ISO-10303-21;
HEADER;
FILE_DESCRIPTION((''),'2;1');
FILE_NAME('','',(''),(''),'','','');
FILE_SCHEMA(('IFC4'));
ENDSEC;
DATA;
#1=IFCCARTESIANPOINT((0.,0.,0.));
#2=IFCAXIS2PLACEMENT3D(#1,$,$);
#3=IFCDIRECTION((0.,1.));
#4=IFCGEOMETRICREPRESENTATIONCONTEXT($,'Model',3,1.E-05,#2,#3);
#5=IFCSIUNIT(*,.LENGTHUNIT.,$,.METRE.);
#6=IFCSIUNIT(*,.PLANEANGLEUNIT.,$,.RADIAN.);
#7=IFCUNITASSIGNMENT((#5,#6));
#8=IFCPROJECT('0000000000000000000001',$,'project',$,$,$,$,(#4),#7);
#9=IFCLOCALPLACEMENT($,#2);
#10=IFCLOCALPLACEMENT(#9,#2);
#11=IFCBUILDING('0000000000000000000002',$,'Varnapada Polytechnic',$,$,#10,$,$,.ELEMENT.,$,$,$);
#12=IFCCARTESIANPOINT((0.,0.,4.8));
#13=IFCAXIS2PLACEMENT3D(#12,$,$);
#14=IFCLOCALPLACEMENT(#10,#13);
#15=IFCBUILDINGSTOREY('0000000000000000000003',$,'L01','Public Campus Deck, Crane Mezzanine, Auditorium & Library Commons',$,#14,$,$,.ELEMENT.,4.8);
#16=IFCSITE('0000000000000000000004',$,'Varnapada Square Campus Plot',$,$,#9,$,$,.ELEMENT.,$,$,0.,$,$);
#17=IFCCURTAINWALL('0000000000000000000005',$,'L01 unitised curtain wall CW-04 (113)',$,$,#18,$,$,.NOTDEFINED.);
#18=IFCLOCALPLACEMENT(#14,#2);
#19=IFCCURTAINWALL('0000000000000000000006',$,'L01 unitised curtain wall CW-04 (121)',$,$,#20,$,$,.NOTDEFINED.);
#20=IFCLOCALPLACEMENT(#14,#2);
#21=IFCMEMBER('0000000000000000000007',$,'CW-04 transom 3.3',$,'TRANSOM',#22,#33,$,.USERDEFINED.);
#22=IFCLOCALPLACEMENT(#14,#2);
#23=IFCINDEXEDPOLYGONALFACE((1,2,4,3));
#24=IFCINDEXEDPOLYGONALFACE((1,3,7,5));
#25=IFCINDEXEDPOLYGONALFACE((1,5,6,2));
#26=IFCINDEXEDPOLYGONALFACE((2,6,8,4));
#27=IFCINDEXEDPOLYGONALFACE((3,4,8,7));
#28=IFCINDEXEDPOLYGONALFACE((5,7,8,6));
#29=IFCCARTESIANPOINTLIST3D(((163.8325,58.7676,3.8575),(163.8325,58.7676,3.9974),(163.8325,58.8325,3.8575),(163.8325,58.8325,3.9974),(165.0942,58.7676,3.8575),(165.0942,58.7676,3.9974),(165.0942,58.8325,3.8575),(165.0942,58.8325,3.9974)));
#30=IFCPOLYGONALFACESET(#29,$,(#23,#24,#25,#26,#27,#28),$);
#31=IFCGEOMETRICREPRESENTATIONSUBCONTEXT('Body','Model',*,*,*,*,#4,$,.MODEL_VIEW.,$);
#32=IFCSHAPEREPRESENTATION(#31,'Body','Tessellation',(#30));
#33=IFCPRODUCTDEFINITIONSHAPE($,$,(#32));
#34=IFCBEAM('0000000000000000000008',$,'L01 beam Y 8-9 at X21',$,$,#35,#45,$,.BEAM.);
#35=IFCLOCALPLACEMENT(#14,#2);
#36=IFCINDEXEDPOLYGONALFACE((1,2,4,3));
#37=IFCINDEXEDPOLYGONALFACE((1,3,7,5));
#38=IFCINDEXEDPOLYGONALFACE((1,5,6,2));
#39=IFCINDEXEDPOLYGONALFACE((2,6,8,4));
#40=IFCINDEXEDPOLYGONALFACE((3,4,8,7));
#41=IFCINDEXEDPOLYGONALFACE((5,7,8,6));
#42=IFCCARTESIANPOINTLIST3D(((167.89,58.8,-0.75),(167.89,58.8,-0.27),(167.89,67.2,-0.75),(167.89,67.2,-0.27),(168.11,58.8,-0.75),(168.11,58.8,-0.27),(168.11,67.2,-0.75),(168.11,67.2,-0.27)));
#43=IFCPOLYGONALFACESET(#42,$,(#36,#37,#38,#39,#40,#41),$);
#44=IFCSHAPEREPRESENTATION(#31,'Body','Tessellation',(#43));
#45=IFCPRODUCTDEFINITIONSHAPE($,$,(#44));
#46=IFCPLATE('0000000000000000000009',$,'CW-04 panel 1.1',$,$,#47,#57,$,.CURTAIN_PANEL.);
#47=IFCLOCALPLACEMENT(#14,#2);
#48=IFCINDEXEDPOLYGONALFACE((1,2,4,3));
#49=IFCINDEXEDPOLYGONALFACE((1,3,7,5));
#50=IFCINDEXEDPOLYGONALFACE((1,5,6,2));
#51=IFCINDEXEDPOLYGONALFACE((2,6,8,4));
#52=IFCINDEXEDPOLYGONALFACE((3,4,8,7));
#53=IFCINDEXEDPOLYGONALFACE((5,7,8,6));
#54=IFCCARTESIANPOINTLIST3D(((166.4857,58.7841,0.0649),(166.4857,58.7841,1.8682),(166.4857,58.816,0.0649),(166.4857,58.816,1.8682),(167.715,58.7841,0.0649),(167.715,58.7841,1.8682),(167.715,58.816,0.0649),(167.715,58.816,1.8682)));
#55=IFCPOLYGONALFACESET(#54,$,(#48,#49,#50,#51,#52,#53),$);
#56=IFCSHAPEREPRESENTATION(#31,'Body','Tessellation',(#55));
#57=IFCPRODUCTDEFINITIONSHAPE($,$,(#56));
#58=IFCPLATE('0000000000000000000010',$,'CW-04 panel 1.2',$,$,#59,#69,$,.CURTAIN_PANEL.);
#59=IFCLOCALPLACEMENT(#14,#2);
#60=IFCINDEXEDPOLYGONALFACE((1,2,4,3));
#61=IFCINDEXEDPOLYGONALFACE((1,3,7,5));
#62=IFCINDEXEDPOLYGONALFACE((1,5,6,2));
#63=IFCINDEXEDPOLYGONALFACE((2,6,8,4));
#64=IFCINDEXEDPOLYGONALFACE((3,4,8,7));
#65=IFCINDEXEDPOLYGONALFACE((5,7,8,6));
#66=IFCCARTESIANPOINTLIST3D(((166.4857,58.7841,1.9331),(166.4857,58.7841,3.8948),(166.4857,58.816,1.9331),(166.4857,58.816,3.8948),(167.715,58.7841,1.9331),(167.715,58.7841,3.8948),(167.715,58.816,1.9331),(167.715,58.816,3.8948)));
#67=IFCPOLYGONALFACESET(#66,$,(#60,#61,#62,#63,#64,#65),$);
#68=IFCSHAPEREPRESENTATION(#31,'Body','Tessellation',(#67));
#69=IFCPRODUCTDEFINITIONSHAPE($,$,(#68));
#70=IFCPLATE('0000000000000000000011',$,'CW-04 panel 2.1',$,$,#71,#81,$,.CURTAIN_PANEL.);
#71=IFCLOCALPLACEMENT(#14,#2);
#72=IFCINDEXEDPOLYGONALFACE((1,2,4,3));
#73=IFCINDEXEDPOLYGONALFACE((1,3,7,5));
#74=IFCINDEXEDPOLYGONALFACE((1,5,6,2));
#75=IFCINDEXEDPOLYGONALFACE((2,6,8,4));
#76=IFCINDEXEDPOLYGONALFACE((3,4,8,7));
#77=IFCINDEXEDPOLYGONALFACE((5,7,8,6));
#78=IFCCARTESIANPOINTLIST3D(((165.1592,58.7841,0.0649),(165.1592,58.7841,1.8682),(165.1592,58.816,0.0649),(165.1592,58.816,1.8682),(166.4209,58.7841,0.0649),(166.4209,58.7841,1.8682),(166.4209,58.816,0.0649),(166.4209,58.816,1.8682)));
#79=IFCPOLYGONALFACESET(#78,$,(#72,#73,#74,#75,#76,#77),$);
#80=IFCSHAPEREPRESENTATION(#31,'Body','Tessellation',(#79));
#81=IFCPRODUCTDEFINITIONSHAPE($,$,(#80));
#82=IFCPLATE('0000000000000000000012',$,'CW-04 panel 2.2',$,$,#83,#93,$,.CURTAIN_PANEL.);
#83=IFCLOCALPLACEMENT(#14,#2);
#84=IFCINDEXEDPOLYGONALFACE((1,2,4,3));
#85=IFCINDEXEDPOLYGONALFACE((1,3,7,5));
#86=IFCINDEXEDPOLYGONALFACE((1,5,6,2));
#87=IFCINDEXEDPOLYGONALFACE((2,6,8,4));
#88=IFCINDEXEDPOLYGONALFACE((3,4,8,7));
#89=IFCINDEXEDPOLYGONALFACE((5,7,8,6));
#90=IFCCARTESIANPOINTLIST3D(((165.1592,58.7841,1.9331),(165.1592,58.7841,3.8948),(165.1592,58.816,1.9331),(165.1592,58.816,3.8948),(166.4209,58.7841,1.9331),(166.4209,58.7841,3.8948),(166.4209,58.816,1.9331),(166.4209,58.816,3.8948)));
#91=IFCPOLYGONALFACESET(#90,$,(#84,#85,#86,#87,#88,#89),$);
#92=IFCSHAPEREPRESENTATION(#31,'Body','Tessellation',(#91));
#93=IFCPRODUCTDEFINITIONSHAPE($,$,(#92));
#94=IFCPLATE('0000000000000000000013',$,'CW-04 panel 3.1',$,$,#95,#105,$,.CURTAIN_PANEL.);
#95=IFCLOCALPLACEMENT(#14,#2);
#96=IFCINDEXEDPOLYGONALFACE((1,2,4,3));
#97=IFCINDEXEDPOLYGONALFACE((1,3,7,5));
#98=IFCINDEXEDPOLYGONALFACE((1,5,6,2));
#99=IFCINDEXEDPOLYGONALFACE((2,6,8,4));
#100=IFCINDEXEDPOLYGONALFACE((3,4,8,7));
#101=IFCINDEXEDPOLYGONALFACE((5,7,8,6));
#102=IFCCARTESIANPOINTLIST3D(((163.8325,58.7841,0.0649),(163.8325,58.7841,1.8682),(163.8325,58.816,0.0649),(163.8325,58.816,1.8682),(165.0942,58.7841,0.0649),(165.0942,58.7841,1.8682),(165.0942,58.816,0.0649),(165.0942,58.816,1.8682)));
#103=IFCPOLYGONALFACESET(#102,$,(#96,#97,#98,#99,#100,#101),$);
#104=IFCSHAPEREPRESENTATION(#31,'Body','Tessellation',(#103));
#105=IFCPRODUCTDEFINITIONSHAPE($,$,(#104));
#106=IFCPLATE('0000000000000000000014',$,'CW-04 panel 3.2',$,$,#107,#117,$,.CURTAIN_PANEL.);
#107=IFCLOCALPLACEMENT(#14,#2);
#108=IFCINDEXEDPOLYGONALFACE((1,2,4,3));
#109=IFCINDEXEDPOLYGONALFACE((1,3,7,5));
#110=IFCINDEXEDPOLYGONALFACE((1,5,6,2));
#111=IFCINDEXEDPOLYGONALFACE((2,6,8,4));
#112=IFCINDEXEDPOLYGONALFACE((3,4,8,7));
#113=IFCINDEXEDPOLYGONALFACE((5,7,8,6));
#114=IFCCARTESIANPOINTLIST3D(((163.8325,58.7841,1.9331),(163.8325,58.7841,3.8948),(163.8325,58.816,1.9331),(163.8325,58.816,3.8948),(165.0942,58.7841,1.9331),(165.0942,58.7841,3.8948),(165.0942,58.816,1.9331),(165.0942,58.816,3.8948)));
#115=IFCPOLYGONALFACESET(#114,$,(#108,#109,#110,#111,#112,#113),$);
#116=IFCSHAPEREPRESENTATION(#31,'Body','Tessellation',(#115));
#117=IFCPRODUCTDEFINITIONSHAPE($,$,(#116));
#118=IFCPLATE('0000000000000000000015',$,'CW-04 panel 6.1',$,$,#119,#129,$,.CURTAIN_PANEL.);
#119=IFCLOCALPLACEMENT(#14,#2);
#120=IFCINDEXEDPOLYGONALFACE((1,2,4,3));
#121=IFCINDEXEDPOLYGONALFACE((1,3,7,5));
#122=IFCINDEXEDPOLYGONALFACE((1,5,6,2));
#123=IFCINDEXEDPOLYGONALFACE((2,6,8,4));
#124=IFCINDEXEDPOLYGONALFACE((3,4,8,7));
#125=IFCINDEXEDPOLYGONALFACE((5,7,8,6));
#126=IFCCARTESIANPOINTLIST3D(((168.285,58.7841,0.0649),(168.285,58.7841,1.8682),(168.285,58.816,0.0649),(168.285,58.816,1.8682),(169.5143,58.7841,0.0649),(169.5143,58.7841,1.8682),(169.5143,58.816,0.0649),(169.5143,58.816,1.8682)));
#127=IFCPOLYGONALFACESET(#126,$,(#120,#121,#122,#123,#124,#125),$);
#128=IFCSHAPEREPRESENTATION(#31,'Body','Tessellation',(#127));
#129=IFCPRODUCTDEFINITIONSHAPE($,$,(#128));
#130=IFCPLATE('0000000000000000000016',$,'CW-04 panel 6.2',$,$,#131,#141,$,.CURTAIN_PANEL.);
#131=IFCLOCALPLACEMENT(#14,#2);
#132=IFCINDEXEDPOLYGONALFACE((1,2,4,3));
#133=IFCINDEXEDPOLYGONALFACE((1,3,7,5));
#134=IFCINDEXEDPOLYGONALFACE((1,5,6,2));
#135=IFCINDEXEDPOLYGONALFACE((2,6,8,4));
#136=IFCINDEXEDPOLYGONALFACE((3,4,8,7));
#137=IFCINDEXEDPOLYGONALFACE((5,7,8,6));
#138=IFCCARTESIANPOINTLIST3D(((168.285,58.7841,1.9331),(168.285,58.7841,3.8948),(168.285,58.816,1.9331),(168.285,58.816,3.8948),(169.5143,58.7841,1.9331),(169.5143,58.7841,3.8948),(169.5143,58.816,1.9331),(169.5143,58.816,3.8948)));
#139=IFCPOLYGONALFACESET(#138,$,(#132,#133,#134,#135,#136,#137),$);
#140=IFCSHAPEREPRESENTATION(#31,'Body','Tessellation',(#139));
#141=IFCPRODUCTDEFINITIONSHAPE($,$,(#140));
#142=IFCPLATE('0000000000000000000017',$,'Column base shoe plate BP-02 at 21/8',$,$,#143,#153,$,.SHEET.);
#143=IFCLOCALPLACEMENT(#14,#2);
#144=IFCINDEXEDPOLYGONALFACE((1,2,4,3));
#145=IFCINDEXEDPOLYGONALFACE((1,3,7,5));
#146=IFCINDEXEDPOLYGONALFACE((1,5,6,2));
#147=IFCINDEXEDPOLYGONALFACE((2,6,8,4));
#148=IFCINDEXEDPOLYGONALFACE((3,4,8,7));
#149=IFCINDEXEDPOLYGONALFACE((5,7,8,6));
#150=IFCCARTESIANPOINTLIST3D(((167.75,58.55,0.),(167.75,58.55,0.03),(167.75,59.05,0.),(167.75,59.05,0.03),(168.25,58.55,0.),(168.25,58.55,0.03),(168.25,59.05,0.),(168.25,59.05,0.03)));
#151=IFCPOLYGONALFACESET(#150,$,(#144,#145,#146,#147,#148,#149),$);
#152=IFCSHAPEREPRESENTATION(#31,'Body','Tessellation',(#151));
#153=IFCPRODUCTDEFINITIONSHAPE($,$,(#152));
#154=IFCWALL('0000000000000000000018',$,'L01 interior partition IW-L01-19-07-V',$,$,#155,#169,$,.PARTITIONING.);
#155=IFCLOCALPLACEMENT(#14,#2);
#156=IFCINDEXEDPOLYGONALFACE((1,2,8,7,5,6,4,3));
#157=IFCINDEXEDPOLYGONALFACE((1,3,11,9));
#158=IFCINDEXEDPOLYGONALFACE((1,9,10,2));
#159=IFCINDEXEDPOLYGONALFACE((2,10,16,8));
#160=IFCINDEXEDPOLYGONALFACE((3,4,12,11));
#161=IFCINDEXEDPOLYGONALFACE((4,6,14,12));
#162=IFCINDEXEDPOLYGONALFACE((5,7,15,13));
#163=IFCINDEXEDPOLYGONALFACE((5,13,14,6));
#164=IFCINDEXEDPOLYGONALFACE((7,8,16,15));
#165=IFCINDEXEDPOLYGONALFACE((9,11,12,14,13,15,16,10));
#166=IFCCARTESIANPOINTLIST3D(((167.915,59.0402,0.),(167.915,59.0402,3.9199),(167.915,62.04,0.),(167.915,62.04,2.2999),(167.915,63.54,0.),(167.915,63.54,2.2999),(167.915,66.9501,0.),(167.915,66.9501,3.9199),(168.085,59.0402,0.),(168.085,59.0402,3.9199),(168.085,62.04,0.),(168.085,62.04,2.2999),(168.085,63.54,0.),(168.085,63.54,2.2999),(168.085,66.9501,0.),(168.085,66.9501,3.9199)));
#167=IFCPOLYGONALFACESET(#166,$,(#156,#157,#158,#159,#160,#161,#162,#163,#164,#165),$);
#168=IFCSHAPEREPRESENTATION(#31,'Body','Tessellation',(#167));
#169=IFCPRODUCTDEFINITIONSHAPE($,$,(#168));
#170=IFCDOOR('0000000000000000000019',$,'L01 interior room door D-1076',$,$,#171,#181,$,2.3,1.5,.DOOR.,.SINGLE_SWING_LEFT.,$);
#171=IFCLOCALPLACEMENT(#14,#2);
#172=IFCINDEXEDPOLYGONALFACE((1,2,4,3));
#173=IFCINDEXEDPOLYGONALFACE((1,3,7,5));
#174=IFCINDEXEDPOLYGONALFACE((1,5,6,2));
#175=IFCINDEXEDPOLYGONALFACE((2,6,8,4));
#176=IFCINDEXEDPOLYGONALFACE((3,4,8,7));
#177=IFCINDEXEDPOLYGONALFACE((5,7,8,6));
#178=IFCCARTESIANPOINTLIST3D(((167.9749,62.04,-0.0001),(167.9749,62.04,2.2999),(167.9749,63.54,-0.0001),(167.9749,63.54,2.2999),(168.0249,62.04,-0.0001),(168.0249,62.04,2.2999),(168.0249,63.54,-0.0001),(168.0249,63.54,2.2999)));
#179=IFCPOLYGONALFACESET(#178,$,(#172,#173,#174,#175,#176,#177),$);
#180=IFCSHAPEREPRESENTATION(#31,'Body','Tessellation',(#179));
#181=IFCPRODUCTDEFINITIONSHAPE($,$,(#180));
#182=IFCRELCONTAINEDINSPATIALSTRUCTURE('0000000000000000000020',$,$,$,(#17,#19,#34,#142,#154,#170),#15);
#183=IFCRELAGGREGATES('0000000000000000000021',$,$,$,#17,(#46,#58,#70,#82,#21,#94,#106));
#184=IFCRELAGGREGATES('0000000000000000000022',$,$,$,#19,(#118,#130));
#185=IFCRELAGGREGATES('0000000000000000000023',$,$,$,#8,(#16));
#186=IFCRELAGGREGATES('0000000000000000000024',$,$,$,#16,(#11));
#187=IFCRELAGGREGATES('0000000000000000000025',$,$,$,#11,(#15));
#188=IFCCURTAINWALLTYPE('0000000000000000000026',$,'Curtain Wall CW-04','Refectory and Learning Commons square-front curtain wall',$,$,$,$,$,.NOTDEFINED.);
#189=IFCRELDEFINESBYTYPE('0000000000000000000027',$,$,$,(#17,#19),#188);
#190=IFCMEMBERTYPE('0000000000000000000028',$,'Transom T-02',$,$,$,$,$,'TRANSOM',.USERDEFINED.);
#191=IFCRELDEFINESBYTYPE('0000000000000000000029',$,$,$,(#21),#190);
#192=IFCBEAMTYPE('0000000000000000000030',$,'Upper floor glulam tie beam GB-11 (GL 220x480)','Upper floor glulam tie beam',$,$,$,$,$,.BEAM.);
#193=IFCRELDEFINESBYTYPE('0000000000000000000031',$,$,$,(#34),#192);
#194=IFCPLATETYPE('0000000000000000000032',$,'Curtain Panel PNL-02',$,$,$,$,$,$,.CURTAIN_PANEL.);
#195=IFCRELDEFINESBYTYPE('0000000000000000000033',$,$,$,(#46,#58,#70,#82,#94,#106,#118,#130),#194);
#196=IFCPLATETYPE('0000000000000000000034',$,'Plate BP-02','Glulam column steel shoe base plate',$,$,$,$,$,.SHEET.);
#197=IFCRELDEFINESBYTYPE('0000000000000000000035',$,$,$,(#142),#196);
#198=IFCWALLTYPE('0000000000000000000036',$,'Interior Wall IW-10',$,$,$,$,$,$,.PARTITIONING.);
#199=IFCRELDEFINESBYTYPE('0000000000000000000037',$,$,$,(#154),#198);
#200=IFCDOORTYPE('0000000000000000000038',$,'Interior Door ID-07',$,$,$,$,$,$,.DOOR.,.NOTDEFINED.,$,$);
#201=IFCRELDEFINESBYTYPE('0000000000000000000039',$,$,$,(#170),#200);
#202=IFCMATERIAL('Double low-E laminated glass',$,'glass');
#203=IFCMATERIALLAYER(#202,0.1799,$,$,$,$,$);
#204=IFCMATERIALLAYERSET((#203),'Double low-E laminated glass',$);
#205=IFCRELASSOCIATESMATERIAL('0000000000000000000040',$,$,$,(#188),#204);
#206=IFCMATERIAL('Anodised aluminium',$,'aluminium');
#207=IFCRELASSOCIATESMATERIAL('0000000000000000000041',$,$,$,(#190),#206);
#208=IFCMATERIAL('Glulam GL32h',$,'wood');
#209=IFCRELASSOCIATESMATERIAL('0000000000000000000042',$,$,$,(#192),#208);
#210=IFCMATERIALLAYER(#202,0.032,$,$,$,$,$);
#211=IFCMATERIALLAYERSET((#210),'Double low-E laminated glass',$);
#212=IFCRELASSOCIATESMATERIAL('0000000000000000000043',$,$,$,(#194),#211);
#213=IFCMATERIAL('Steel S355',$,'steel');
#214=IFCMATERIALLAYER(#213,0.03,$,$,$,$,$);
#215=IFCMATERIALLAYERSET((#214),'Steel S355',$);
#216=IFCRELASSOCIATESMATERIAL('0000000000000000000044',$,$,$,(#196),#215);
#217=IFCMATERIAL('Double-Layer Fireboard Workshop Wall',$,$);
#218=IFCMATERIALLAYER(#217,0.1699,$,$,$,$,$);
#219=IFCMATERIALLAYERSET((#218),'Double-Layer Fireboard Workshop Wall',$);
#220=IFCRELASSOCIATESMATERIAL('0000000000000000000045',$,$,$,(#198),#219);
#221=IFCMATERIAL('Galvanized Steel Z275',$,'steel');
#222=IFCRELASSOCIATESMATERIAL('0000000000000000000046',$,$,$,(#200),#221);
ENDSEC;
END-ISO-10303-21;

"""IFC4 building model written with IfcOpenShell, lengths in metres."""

from ifc_helpers import new_model, si_unit, direction, frame, frame_2d, origin, origin_2d, place, context, subcontext, project, spatial, rectangle, extrude, material, layer, layer_set, material_profile, profile_set, type_object, element, fill, aggregate, save


model = new_model("IFC4")

# Units and contexts
model_context = context("Model", 3, precision=1e-05, world=origin(), true_north=direction((0.0, 1.0)))
body_context = subcontext(model_context, "Body", "Model", "MODEL_VIEW")
ifc_project = project(units=[si_unit("LENGTHUNIT", "METRE"), si_unit("PLANEANGLEUNIT", "RADIAN")], contexts=[model_context])

# Site, building, storey
site_placement = place(None, origin())
site = spatial("IfcSite", under=ifc_project, at=site_placement, Name="Varnapada Square Campus Plot", CompositionType="ELEMENT", RefElevation=0.0)
building_placement = place(site_placement, origin())
building = spatial("IfcBuilding", under=site, at=building_placement, Name="Varnapada Polytechnic", CompositionType="ELEMENT")
storey_placement = place(building_placement, frame((0.0, 0.0, 4.8)))
storey = spatial("IfcBuildingStorey", under=building, at=storey_placement, Name="L01", Description="Public Campus Deck, Crane Mezzanine, Auditorium & Library Commons", CompositionType="ELEMENT", Elevation=4.8)

# Shared definitions
ifc_material_1 = material(Name="Glulam GL32h", Category="wood")

# Curtain wall
ifc_material_2 = material(Name="Double low-E laminated glass", Category="glass")
ifc_layer_1 = layer(ifc_material_2, 0.1799)
ifc_layer_set_1 = layer_set([ifc_layer_1], Name="Double low-E laminated glass")
curtain_wall_type = type_object("IfcCurtainWallType", Name="Curtain Wall CW-04", Description="Refectory and Learning Commons square-front curtain wall", PredefinedType="NOTDEFINED", material=ifc_layer_set_1)
curtain_wall_1_placement = place(storey_placement, origin())
curtain_wall_1 = element("IfcCurtainWall", 1, at=curtain_wall_1_placement, inside=storey, type_object=curtain_wall_type, Name="L01 unitised curtain wall CW-04 (113)", PredefinedType="NOTDEFINED")
ifc_material_3 = material(Name="Anodised aluminium", Category="aluminium")

# Curtain wall
curtain_wall_2_placement = place(storey_placement, origin())
curtain_wall_2 = element("IfcCurtainWall", 2, at=curtain_wall_2_placement, inside=storey, type_object=curtain_wall_type, Name="L01 unitised curtain wall CW-04 (121)", PredefinedType="NOTDEFINED")

# Member
ifc_material_profile_1 = material_profile(ifc_material_3, rectangle(XDim=0.0649, YDim=0.1399, at=origin_2d()), Name="ALU T65x140")
ifc_profile_set_1 = profile_set([ifc_material_profile_1], Name="Anodised aluminium")
member_type_1 = type_object("IfcMemberType", Name="Transom T-02", ElementType="TRANSOM", PredefinedType="USERDEFINED", material=ifc_profile_set_1)
member_1_placement = place(storey_placement, frame((165.0942, 58.8, 3.9275), z_axis=(-1.0, 0.0, 0.0), x_axis=(0.0, -1.0, 0.0)))
member_1 = element("IfcMember", 3, at=member_1_placement, type_object=member_type_1, Name="CW-04 transom 3.3", ObjectType="TRANSOM", PredefinedType="USERDEFINED", context=body_context, shape_type="SweptSolid", body=[
    extrude(rectangle(XDim=0.0649, YDim=0.1399, at=origin_2d()), origin(), (0.0, 0.0, 1.0), 1.2617),
])

# Beam
ifc_material_profile_2 = material_profile(ifc_material_1, rectangle(XDim=0.22, YDim=0.48, at=origin_2d()), Name="GL 220x480")
ifc_profile_set_2 = profile_set([ifc_material_profile_2], Name="Glulam GL32h")
beam_type_1 = type_object("IfcBeamType", Name="Upper floor glulam tie beam GB-11 (GL 220x480)", Description="Upper floor glulam tie beam", PredefinedType="BEAM", material=ifc_profile_set_2)
beam_1_placement = place(storey_placement, frame((168.0, 58.8, -0.51), z_axis=(0.0, 1.0, 0.0), x_axis=(-1.0, 0.0, 0.0)))
element("IfcBeam", 4, at=beam_1_placement, inside=storey, type_object=beam_type_1, Name="L01 beam Y 8-9 at X21", PredefinedType="BEAM", context=body_context, shape_type="SweptSolid", body=[
    extrude(rectangle(XDim=0.22, YDim=0.48, at=origin_2d()), origin(), (0.0, 0.0, 1.0), 8.3999),
])

# Plates
ifc_layer_2 = layer(ifc_material_2, 0.032)
ifc_layer_set_2 = layer_set([ifc_layer_2], Name="Double low-E laminated glass")
plate_type_1 = type_object("IfcPlateType", Name="Curtain Panel PNL-02", PredefinedType="CURTAIN_PANEL", material=ifc_layer_set_2)
plate_1_placement = place(storey_placement, frame((167.1003, 58.8, 0.0649), z_axis=(0.0, 0.0, 1.0), x_axis=(-1.0, 0.0, 0.0)))
plate_1 = element("IfcPlate", 5, at=plate_1_placement, type_object=plate_type_1, Name="CW-04 panel 1.1", PredefinedType="CURTAIN_PANEL", context=body_context, shape_type="SweptSolid", body=[
    extrude(rectangle(XDim=1.2292, YDim=0.032, at=origin_2d()), origin(), (0.0, 0.0, 1.0), 1.8032),
])
plate_2_placement = place(storey_placement, frame((167.1003, 58.8, 1.9331), z_axis=(0.0, 0.0, 1.0), x_axis=(-1.0, 0.0, 0.0)))
plate_2 = element("IfcPlate", 6, at=plate_2_placement, type_object=plate_type_1, Name="CW-04 panel 1.2", PredefinedType="CURTAIN_PANEL", context=body_context, shape_type="SweptSolid", body=[
    extrude(rectangle(XDim=1.2292, YDim=0.032, at=origin_2d()), origin(), (0.0, 0.0, 1.0), 1.9617),
])
plate_3_placement = place(storey_placement, frame((165.79, 58.8, 0.0649), z_axis=(0.0, 0.0, 1.0), x_axis=(-1.0, 0.0, 0.0)))
plate_3 = element("IfcPlate", 7, at=plate_3_placement, type_object=plate_type_1, Name="CW-04 panel 2.1", PredefinedType="CURTAIN_PANEL", context=body_context, shape_type="SweptSolid", body=[
    extrude(rectangle(XDim=1.2617, YDim=0.032, at=origin_2d()), origin(), (0.0, 0.0, 1.0), 1.8032),
])
plate_4_placement = place(storey_placement, frame((165.79, 58.8, 1.9331), z_axis=(0.0, 0.0, 1.0), x_axis=(-1.0, 0.0, 0.0)))
plate_4 = element("IfcPlate", 8, at=plate_4_placement, type_object=plate_type_1, Name="CW-04 panel 2.2", PredefinedType="CURTAIN_PANEL", context=body_context, shape_type="SweptSolid", body=[
    extrude(rectangle(XDim=1.2617, YDim=0.032, at=origin_2d()), origin(), (0.0, 0.0, 1.0), 1.9617),
])
plate_5_placement = place(storey_placement, frame((164.4634, 58.8, 0.0649), z_axis=(0.0, 0.0, 1.0), x_axis=(-1.0, 0.0, 0.0)))
plate_5 = element("IfcPlate", 9, at=plate_5_placement, type_object=plate_type_1, Name="CW-04 panel 3.1", PredefinedType="CURTAIN_PANEL", context=body_context, shape_type="SweptSolid", body=[
    extrude(rectangle(XDim=1.2617, YDim=0.032, at=origin_2d()), origin(), (0.0, 0.0, 1.0), 1.8032),
])
plate_6_placement = place(storey_placement, frame((164.4634, 58.8, 1.9331), z_axis=(0.0, 0.0, 1.0), x_axis=(-1.0, 0.0, 0.0)))
plate_6 = element("IfcPlate", 10, at=plate_6_placement, type_object=plate_type_1, Name="CW-04 panel 3.2", PredefinedType="CURTAIN_PANEL", context=body_context, shape_type="SweptSolid", body=[
    extrude(rectangle(XDim=1.2617, YDim=0.032, at=origin_2d()), origin(), (0.0, 0.0, 1.0), 1.9617),
])
aggregate(curtain_wall_1, [plate_1, plate_2, plate_3, plate_4, member_1, plate_5, plate_6])
plate_7_placement = place(storey_placement, frame((168.8997, 58.8, 0.0649), z_axis=(0.0, 0.0, 1.0), x_axis=(-1.0, 0.0, 0.0)))
plate_7 = element("IfcPlate", 11, at=plate_7_placement, type_object=plate_type_1, Name="CW-04 panel 6.1", PredefinedType="CURTAIN_PANEL", context=body_context, shape_type="SweptSolid", body=[
    extrude(rectangle(XDim=1.2292, YDim=0.032, at=origin_2d()), origin(), (0.0, 0.0, 1.0), 1.8032),
])
plate_8_placement = place(storey_placement, frame((168.8997, 58.8, 1.9331), z_axis=(0.0, 0.0, 1.0), x_axis=(-1.0, 0.0, 0.0)))
plate_8 = element("IfcPlate", 12, at=plate_8_placement, type_object=plate_type_1, Name="CW-04 panel 6.2", PredefinedType="CURTAIN_PANEL", context=body_context, shape_type="SweptSolid", body=[
    extrude(rectangle(XDim=1.2292, YDim=0.032, at=origin_2d()), origin(), (0.0, 0.0, 1.0), 1.9617),
])
aggregate(curtain_wall_2, [plate_7, plate_8])
ifc_material_4 = material(Name="Steel S355", Category="steel")
ifc_layer_3 = layer(ifc_material_4, 0.03)
ifc_layer_set_3 = layer_set([ifc_layer_3], Name="Steel S355")
plate_type_2 = type_object("IfcPlateType", Name="Plate BP-02", Description="Glulam column steel shoe base plate", PredefinedType="SHEET", material=ifc_layer_set_3)
plate_9_placement = place(storey_placement, frame((168.0, 58.8, 0.0), z_axis=(0.0, 0.0, 1.0), x_axis=(1.0, 0.0, 0.0)))
element("IfcPlate", 13, at=plate_9_placement, inside=storey, type_object=plate_type_2, Name="Column base shoe plate BP-02 at 21/8", PredefinedType="SHEET", context=body_context, shape_type="SweptSolid", body=[
    extrude(rectangle(XDim=0.5, YDim=0.5, at=origin_2d()), origin(), (0.0, 0.0, 1.0), 0.03),
])

# Wall, opening, door
ifc_material_5 = material(Name="Double-Layer Fireboard Workshop Wall")
ifc_layer_4 = layer(ifc_material_5, 0.1699)
ifc_layer_set_4 = layer_set([ifc_layer_4], Name="Double-Layer Fireboard Workshop Wall")
wall_type = type_object("IfcWallType", Name="Interior Wall IW-10", PredefinedType="PARTITIONING", material=ifc_layer_set_4)
wall_placement = place(storey_placement, frame((168.0, 59.04, 0.0), z_axis=(0.0, 0.0, 1.0), x_axis=(0.0, 1.0, 0.0)))
wall = element("IfcWall", 14, at=wall_placement, inside=storey, type_object=wall_type, Name="L01 interior partition IW-L01-19-07-V", PredefinedType="PARTITIONING", context=body_context, shape_type="SweptSolid", body=[
    extrude(rectangle(XDim=7.9099, YDim=0.1699, at=frame_2d((3.9551, 0.0))), origin(), (0.0, 0.0, 1.0), 3.9199),
])
opening_placement = place(wall_placement, frame((3.0, 0.0, 0.0)))
opening = element("IfcOpeningElement", 15, at=opening_placement, cuts=wall, PredefinedType="OPENING", context=body_context, shape_type="SweptSolid", body=[
    extrude(rectangle(XDim=1.5, YDim=2.3, at=frame_2d((0.75, 1.1499))), frame((0.0, 0.095, 0.0), z_axis=(0.0, -1.0, 0.0), x_axis=(1.0, 0.0, 0.0)), (0.0, 0.0, 1.0), 0.1899),
])
ifc_material_6 = material(Name="Galvanized Steel Z275", Category="steel")
door_type = type_object("IfcDoorType", Name="Interior Door ID-07", OperationType="NOTDEFINED", PredefinedType="DOOR", material=ifc_material_6)
door_placement = place(opening_placement, frame((1.5, 0.0, 0.0), z_axis=(0.0, 0.0, 1.0), x_axis=(-1.0, 0.0, 0.0)))
door = element("IfcDoor", 16, at=door_placement, inside=storey, type_object=door_type, Name="L01 interior room door D-1076", OperationType="SINGLE_SWING_LEFT", OverallHeight=2.3, OverallWidth=1.5, PredefinedType="DOOR", context=body_context, shape_type="SweptSolid", body=[
    extrude(rectangle(XDim=1.5, YDim=2.3, at=frame_2d((0.75, 1.1499))), frame((0.0, 0.0249, 0.0), z_axis=(0.0, -1.0, 0.0), x_axis=(1.0, 0.0, 0.0)), (0.0, 0.0, 1.0), 0.05),
])
fill(opening, door)

save(model, "model.ifc")
